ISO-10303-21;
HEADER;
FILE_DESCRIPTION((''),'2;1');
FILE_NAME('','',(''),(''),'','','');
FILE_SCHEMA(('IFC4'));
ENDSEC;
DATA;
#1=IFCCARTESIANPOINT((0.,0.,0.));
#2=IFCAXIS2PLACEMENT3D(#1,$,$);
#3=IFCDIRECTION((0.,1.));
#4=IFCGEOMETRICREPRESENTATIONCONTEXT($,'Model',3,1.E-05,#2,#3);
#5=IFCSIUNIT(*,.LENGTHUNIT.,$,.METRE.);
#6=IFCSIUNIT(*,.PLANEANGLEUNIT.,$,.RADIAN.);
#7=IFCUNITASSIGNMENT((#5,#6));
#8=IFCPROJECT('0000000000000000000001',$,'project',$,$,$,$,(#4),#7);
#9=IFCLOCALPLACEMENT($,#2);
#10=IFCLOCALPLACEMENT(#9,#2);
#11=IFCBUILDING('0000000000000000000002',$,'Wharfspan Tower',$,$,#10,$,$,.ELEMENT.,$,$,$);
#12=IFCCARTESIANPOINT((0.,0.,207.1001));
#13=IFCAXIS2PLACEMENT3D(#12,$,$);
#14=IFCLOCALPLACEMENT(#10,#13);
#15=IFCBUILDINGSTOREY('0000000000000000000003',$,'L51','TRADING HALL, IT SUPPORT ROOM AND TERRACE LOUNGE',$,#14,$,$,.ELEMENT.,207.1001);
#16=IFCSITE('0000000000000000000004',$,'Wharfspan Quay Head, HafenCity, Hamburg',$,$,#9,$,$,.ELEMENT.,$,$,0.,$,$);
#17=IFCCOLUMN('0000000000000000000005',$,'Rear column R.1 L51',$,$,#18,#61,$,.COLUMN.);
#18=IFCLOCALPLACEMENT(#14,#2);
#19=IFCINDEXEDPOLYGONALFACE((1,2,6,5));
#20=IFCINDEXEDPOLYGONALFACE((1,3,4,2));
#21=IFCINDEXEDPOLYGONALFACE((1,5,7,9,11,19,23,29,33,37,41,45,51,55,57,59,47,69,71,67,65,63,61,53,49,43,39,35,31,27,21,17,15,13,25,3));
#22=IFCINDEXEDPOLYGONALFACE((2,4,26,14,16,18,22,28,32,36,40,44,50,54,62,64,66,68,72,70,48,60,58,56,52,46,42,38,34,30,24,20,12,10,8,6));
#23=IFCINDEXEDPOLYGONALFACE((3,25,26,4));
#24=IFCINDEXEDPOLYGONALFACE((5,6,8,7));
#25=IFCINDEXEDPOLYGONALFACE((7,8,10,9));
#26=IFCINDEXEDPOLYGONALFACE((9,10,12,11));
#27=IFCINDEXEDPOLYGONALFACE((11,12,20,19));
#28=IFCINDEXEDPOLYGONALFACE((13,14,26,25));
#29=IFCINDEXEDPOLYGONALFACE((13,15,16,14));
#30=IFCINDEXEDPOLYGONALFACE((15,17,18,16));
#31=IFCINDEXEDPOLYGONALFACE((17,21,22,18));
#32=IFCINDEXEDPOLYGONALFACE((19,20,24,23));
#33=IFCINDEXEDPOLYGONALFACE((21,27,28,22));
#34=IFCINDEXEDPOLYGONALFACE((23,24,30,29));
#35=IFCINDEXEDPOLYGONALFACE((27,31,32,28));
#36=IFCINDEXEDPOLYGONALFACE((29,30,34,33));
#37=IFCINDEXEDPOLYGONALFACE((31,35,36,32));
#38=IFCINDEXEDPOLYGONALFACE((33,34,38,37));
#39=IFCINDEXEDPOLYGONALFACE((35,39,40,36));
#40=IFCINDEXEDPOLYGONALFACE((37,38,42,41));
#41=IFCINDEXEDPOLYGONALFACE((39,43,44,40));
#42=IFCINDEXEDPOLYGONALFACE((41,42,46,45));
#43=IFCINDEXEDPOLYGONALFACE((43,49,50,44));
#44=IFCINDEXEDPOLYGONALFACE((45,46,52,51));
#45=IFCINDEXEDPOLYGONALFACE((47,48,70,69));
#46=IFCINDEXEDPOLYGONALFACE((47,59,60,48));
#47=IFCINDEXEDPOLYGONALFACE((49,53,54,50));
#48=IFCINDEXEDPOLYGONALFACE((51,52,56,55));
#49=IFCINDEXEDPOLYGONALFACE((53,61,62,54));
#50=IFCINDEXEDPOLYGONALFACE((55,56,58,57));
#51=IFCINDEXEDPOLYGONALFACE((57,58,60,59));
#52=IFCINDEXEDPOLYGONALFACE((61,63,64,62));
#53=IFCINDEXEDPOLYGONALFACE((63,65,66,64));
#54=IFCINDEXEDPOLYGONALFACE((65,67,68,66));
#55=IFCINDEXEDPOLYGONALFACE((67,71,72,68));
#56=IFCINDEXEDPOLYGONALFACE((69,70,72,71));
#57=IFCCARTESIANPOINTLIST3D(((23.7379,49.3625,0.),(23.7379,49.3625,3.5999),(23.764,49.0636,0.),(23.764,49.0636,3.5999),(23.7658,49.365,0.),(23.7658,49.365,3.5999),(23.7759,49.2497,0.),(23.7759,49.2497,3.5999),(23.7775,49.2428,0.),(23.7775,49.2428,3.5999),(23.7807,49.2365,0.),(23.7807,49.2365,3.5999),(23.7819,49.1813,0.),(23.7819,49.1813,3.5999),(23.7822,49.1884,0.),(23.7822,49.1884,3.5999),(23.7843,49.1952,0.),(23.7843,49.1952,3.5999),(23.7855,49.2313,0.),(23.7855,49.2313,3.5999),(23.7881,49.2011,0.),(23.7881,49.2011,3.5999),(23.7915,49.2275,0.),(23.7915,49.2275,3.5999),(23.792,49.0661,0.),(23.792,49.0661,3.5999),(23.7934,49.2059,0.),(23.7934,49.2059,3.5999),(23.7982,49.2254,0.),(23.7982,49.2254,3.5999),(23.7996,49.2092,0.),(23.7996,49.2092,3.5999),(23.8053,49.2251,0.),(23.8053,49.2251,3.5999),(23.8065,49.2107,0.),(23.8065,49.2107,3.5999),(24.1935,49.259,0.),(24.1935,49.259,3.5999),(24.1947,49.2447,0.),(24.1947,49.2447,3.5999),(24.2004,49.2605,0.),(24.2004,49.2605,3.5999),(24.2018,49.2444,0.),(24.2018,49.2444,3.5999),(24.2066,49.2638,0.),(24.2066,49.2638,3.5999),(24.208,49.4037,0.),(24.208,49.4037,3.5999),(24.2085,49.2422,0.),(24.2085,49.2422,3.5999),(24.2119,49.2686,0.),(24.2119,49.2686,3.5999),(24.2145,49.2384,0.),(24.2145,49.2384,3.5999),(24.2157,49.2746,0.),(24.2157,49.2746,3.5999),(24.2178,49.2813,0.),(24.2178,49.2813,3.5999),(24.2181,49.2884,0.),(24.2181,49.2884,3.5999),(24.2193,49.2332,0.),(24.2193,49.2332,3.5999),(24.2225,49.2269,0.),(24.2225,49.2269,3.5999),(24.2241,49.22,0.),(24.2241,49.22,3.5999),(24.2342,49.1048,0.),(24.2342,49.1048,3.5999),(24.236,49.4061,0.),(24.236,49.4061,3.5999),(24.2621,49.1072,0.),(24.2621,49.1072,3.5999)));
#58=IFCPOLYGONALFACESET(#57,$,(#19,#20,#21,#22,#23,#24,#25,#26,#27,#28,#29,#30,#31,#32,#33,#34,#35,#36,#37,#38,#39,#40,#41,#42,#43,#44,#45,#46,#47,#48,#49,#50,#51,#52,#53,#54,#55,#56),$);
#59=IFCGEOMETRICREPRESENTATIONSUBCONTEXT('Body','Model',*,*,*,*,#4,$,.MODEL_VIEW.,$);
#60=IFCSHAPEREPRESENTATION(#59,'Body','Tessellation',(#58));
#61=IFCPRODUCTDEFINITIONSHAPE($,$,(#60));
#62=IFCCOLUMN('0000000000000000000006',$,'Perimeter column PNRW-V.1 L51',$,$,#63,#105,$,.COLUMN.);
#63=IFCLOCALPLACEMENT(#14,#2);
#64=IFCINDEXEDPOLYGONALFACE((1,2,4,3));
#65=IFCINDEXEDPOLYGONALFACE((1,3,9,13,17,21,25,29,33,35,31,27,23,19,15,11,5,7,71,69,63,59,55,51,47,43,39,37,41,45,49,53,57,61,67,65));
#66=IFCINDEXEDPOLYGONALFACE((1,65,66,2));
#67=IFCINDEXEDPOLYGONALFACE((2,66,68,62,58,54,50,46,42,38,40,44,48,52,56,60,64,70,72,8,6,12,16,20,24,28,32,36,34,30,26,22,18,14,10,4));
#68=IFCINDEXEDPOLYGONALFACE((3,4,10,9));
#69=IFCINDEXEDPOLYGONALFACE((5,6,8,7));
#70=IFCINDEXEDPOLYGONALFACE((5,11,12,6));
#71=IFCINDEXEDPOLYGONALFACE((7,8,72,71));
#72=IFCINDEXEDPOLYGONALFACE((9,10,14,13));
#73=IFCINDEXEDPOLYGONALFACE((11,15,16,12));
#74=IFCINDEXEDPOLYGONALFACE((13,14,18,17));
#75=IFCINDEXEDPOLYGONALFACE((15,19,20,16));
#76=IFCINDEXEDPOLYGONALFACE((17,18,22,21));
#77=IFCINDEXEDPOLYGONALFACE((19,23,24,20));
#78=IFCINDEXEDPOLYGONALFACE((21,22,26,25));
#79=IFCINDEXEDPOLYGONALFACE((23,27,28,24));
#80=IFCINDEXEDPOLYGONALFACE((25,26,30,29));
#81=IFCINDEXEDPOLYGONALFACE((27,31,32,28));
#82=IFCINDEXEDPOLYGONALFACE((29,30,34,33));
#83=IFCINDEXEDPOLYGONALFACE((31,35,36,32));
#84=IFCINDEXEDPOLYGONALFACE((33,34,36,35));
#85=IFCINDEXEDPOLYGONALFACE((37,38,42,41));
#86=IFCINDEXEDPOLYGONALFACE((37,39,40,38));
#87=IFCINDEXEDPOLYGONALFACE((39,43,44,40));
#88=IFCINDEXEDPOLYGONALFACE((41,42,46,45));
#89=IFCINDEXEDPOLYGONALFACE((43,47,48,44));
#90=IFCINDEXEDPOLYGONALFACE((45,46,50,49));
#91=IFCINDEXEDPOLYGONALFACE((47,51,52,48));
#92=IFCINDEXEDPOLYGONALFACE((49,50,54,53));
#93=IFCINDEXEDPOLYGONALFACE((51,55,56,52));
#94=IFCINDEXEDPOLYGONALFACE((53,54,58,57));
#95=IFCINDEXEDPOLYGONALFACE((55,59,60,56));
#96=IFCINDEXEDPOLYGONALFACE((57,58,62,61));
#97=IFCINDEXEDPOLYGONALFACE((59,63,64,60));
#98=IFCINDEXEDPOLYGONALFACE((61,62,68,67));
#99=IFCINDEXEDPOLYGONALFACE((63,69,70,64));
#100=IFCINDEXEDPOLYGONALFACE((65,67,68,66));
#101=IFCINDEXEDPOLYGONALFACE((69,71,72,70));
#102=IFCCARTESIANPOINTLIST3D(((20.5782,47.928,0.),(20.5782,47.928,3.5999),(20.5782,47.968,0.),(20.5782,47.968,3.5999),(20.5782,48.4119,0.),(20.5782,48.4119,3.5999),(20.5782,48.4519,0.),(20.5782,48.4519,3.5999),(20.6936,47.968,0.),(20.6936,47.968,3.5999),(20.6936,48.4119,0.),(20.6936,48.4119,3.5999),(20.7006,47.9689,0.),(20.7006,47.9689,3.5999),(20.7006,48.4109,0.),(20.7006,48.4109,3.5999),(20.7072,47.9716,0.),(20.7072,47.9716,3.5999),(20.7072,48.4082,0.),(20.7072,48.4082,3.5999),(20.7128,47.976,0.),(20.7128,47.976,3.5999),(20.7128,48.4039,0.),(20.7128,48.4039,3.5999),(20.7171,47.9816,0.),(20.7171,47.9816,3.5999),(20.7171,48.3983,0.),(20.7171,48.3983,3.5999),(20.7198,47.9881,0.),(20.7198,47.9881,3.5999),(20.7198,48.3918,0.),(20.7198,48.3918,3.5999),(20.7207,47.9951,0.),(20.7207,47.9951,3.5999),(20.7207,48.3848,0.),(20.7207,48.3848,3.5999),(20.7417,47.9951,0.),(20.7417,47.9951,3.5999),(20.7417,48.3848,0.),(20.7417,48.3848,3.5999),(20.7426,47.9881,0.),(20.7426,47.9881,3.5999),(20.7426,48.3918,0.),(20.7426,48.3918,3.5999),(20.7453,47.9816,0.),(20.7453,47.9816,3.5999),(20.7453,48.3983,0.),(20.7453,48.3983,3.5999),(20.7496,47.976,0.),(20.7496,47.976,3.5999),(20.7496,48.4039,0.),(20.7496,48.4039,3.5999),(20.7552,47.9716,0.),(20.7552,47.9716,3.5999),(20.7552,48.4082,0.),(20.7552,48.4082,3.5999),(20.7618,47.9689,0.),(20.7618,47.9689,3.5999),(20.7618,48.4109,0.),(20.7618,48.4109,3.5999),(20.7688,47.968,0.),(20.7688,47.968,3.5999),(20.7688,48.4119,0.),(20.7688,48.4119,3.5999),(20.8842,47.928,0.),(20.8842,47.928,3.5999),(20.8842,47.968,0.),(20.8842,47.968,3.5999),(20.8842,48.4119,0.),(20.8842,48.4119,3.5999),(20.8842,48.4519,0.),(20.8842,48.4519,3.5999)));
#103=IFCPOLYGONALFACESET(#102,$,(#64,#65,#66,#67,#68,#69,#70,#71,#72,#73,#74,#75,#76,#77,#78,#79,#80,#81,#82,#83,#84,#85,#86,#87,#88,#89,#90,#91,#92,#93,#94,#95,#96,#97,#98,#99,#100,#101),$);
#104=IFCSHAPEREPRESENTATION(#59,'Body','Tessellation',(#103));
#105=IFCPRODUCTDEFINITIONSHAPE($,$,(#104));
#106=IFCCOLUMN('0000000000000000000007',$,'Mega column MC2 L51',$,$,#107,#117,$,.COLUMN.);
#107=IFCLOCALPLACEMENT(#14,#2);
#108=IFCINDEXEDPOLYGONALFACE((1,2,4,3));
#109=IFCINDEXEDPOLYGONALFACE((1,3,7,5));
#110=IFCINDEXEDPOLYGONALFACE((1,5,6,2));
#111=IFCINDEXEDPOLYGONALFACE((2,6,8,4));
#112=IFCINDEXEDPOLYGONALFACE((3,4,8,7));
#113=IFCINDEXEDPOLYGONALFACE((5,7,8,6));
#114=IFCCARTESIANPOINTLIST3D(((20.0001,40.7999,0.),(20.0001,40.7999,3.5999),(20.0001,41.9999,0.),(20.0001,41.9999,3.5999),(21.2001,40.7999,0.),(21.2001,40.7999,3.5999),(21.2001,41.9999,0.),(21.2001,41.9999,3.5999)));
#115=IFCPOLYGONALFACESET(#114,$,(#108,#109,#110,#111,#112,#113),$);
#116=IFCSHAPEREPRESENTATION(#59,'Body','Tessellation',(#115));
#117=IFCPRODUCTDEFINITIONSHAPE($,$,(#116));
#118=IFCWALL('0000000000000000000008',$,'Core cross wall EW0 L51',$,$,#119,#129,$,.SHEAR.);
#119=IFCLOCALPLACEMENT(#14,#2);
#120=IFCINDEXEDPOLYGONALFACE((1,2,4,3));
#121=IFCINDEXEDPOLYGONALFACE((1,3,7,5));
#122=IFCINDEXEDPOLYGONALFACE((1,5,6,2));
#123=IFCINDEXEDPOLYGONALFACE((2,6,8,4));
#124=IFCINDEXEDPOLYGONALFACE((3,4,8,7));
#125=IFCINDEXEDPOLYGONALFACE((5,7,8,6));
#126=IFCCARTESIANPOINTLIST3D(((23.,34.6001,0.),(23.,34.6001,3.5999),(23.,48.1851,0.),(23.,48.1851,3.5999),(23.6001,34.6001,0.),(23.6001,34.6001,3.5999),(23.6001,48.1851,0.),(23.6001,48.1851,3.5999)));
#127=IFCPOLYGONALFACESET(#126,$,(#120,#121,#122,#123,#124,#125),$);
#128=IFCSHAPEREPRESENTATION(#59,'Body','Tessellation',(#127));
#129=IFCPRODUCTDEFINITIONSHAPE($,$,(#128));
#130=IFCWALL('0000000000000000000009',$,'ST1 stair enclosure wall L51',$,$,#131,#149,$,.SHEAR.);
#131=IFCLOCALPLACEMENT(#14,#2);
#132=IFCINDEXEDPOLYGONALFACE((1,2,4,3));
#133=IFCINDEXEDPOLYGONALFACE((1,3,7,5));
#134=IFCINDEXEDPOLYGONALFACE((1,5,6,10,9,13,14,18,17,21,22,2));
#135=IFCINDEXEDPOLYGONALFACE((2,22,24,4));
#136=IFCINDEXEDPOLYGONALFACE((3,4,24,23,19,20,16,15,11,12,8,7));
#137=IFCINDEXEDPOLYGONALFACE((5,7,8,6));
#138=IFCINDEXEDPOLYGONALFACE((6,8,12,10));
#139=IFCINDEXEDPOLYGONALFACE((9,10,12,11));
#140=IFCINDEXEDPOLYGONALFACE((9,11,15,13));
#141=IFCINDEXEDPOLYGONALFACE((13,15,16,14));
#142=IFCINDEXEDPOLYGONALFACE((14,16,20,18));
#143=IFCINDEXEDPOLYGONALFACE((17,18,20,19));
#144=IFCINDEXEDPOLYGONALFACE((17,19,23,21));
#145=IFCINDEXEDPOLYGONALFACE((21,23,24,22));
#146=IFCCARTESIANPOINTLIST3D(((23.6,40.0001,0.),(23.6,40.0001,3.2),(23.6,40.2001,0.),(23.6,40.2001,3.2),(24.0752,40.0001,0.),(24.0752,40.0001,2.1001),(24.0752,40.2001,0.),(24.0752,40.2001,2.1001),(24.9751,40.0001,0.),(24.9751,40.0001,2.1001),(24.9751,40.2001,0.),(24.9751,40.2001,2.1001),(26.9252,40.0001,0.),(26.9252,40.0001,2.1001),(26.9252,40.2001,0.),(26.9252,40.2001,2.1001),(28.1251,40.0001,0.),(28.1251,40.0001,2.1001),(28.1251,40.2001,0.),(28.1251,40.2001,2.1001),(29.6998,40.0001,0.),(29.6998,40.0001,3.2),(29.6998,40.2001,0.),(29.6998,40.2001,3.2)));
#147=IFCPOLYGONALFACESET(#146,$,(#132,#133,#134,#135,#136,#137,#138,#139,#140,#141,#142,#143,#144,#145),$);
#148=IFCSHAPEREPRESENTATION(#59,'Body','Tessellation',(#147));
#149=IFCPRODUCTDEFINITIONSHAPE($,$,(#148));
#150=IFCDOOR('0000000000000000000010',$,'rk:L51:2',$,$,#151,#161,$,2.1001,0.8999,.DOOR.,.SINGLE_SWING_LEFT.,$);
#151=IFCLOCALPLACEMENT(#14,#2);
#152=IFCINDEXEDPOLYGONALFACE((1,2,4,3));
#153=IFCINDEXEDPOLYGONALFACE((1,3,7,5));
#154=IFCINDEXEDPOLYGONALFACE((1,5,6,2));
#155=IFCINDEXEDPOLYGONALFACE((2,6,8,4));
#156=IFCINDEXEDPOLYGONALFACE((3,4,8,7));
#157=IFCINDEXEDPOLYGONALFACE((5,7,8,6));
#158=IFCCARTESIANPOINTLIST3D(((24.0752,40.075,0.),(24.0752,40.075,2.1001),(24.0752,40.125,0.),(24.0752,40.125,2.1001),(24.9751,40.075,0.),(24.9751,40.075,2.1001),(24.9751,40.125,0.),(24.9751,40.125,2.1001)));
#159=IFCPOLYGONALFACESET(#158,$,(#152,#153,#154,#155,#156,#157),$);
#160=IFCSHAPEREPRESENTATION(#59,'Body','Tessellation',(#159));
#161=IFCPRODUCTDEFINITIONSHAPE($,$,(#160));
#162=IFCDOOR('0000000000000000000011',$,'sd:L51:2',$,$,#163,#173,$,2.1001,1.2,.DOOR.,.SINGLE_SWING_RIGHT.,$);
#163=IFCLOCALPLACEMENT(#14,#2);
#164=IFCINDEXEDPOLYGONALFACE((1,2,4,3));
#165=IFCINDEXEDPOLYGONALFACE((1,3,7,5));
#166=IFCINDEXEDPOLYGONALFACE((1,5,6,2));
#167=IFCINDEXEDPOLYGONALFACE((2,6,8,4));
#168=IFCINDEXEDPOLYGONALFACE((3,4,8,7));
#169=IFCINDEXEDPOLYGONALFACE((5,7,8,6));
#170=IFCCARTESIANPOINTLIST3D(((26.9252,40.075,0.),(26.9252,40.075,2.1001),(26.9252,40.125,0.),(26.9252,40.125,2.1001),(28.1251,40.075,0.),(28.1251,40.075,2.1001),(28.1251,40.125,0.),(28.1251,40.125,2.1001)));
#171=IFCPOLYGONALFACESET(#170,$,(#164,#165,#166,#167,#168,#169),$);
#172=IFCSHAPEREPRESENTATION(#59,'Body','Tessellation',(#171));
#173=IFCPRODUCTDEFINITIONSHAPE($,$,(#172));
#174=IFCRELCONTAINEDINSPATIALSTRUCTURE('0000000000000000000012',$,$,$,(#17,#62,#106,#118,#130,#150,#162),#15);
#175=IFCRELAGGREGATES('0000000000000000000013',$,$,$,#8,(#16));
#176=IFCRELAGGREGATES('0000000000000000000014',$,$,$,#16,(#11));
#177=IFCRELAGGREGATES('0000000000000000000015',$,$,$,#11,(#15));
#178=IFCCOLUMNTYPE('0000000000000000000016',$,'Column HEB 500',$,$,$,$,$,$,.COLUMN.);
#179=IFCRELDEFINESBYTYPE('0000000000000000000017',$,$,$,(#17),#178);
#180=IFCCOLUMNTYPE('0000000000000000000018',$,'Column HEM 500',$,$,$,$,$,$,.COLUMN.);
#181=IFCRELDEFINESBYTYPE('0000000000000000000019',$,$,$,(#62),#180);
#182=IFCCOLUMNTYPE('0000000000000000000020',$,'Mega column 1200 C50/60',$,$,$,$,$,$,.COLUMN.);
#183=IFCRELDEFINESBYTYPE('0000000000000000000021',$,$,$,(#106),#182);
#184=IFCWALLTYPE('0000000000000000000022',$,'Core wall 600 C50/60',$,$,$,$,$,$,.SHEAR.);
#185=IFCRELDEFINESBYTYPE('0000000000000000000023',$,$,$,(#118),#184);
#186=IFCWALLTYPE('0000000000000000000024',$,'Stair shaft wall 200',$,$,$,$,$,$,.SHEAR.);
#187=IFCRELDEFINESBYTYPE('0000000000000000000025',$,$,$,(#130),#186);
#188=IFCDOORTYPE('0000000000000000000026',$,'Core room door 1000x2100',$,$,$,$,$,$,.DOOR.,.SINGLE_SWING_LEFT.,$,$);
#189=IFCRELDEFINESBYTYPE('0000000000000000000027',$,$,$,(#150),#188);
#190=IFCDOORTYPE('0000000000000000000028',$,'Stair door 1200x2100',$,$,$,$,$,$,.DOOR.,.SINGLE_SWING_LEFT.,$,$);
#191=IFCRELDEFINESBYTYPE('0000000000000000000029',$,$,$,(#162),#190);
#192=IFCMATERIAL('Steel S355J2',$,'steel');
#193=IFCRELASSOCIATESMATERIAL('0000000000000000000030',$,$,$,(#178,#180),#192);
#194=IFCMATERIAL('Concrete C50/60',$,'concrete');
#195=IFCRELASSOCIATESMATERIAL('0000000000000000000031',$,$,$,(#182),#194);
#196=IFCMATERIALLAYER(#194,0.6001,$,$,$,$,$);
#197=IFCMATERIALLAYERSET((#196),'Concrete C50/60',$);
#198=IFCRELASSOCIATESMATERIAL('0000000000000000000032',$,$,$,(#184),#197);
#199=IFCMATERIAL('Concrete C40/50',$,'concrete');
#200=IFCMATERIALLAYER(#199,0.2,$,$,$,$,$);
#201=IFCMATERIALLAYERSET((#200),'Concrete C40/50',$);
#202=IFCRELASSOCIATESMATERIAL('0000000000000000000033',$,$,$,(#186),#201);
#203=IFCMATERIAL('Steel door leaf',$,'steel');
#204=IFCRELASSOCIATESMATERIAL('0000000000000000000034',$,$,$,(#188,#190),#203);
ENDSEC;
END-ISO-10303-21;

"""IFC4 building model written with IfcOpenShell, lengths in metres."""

from ifc_helpers import new_model, si_unit, direction, frame, frame_2d, origin, origin_2d, place, context, subcontext, project, spatial, rectangle, i_section, extrude, material, layer, layer_set, material_profile, profile_set, type_object, element, fill, save


model = new_model("IFC4")

# Units and contexts
model_context = context("Model", 3, precision=1e-05, world=origin(), true_north=direction((0.0, 1.0)))
body_context = subcontext(model_context, "Body", "Model", "MODEL_VIEW")
ifc_project = project(units=[si_unit("LENGTHUNIT", "METRE"), si_unit("PLANEANGLEUNIT", "RADIAN")], contexts=[model_context])

# Site, building, storey
site_placement = place(None, origin())
site = spatial("IfcSite", under=ifc_project, at=site_placement, Name="Wharfspan Quay Head, HafenCity, Hamburg", CompositionType="ELEMENT", RefElevation=0.0)
building_placement = place(site_placement, origin())
building = spatial("IfcBuilding", under=site, at=building_placement, Name="Wharfspan Tower", CompositionType="ELEMENT")
storey_placement = place(building_placement, frame((0.0, 0.0, 207.1001)))
storey = spatial("IfcBuildingStorey", under=building, at=storey_placement, Name="L51", Description="TRADING HALL, IT SUPPORT ROOM AND TERRACE LOUNGE", CompositionType="ELEMENT", Elevation=207.1001)

# Columns
ifc_material_1 = material(Name="Steel S355J2", Category="steel")
ifc_material_profile_1 = material_profile(ifc_material_1, i_section(OverallWidth=0.3, OverallDepth=0.5, WebThickness=0.0144, FlangeThickness=0.0281, FilletRadius=0.0271, at=origin_2d()))
ifc_profile_set_1 = profile_set([ifc_material_profile_1], Name="Steel S355J2")
column_type_1 = type_object("IfcColumnType", Name="Column HEB 500", PredefinedType="COLUMN", material=ifc_profile_set_1)
column_1_placement = place(storey_placement, frame((24.0, 49.2349, 0.0), z_axis=(0.0, 0.0, 1.0), x_axis=(-0.087156, 0.996197, 0.0)))
element("IfcColumn", 1, at=column_1_placement, inside=storey, type_object=column_type_1, Name="Rear column R.1 L51", PredefinedType="COLUMN", context=body_context, shape_type="SweptSolid", body=[
    extrude(i_section(OverallWidth=0.3, OverallDepth=0.5, WebThickness=0.0144, FlangeThickness=0.0281, FilletRadius=0.0271, at=origin_2d()), origin(), (0.0, 0.0, 1.0), 3.5999),
])
ifc_material_profile_2 = material_profile(ifc_material_1, i_section(OverallWidth=0.3059, OverallDepth=0.5239, WebThickness=0.021, FlangeThickness=0.04, FilletRadius=0.0271, at=origin_2d()))
ifc_profile_set_2 = profile_set([ifc_material_profile_2], Name="Steel S355J2")
column_type_2 = type_object("IfcColumnType", Name="Column HEM 500", PredefinedType="COLUMN", material=ifc_profile_set_2)
column_2_placement = place(storey_placement, frame((20.7312, 48.1899, 0.0), z_axis=(0.0, 0.0, 1.0), x_axis=(-1.0, 0.0, 0.0)))
element("IfcColumn", 2, at=column_2_placement, inside=storey, type_object=column_type_2, Name="Perimeter column PNRW-V.1 L51", PredefinedType="COLUMN", context=body_context, shape_type="SweptSolid", body=[
    extrude(i_section(OverallWidth=0.3059, OverallDepth=0.5239, WebThickness=0.021, FlangeThickness=0.04, FilletRadius=0.0271, at=origin_2d()), origin(), (0.0, 0.0, 1.0), 3.5999),
])
ifc_material_2 = material(Name="Concrete C50/60", Category="concrete")
ifc_material_profile_3 = material_profile(ifc_material_2, rectangle(XDim=1.2, YDim=1.2, at=origin_2d()))
ifc_profile_set_3 = profile_set([ifc_material_profile_3], Name="Concrete C50/60")
column_type_3 = type_object("IfcColumnType", Name="Mega column 1200 C50/60", PredefinedType="COLUMN", material=ifc_profile_set_3)
column_3_placement = place(storey_placement, frame((20.6001, 41.3999, 0.0), z_axis=(0.0, 0.0, 1.0), x_axis=(1.0, 0.0, 0.0)))
element("IfcColumn", 3, at=column_3_placement, inside=storey, type_object=column_type_3, Name="Mega column MC2 L51", PredefinedType="COLUMN", context=body_context, shape_type="SweptSolid", body=[
    extrude(rectangle(XDim=1.2, YDim=1.2, at=origin_2d()), origin(), (0.0, 0.0, 1.0), 3.5999),
])

# Wall
ifc_layer_1 = layer(ifc_material_2, 0.6001)
ifc_layer_set_1 = layer_set([ifc_layer_1], Name="Concrete C50/60")
wall_type_1 = type_object("IfcWallType", Name="Core wall 600 C50/60", PredefinedType="SHEAR", material=ifc_layer_set_1)
wall_1_placement = place(storey_placement, frame((23.3, 34.6001, 0.0), z_axis=(0.0, 0.0, 1.0), x_axis=(0.0, 1.0, 0.0)))
element("IfcWall", 4, at=wall_1_placement, inside=storey, type_object=wall_type_1, Name="Core cross wall EW0 L51", PredefinedType="SHEAR", context=body_context, shape_type="SweptSolid", body=[
    extrude(rectangle(XDim=13.585, YDim=0.6001, at=frame_2d((6.7925, 0.0))), origin(), (0.0, 0.0, 1.0), 3.5999),
])

# Wall, openings, doors
ifc_material_3 = material(Name="Concrete C40/50", Category="concrete")
ifc_layer_2 = layer(ifc_material_3, 0.2)
ifc_layer_set_2 = layer_set([ifc_layer_2], Name="Concrete C40/50")
wall_type_2 = type_object("IfcWallType", Name="Stair shaft wall 200", PredefinedType="SHEAR", material=ifc_layer_set_2)
wall_2_placement = place(storey_placement, frame((23.6001, 40.1001, 0.0), z_axis=(0.0, 0.0, 1.0), x_axis=(1.0, 0.0, 0.0)))
wall_2 = element("IfcWall", 5, at=wall_2_placement, inside=storey, type_object=wall_type_2, Name="ST1 stair enclosure wall L51", PredefinedType="SHEAR", context=body_context, shape_type="SweptSolid", body=[
    extrude(rectangle(XDim=6.0999, YDim=0.2, at=frame_2d((3.0498, 0.0))), origin(), (0.0, 0.0, 1.0), 3.2),
])
opening_1_placement = place(wall_2_placement, frame((3.325, 0.0, 0.0)))
opening_1 = element("IfcOpeningElement", 6, at=opening_1_placement, cuts=wall_2, PredefinedType="OPENING", context=body_context, shape_type="SweptSolid", body=[
    extrude(rectangle(XDim=1.2, YDim=2.1001, at=frame_2d((0.6001, 1.05))), frame((0.0, 0.1099, 0.0), z_axis=(0.0, -1.0, 0.0), x_axis=(1.0, 0.0, 0.0)), (0.0, 0.0, 1.0), 0.22),
])
opening_2_placement = place(wall_2_placement, frame((0.4751, 0.0, 0.0)))
opening_2 = element("IfcOpeningElement", 7, at=opening_2_placement, cuts=wall_2, PredefinedType="OPENING", context=body_context, shape_type="SweptSolid", body=[
    extrude(rectangle(XDim=0.8999, YDim=2.1001, at=frame_2d((0.45, 1.05))), frame((0.0, 0.1099, 0.0), z_axis=(0.0, -1.0, 0.0), x_axis=(1.0, 0.0, 0.0)), (0.0, 0.0, 1.0), 0.22),
])
ifc_material_4 = material(Name="Steel door leaf", Category="steel")
door_type_1 = type_object("IfcDoorType", Name="Core room door 1000x2100", OperationType="SINGLE_SWING_LEFT", PredefinedType="DOOR", material=ifc_material_4)
door_1_placement = place(opening_2_placement, origin())
door_1 = element("IfcDoor", 8, at=door_1_placement, inside=storey, type_object=door_type_1, Name="rk:L51:2", OperationType="SINGLE_SWING_LEFT", OverallHeight=2.1001, OverallWidth=0.8999, PredefinedType="DOOR", context=body_context, shape_type="SweptSolid", body=[
    extrude(rectangle(XDim=0.8999, YDim=2.1001, at=frame_2d((0.45, 1.05))), frame((0.0, 0.0249, 0.0), z_axis=(0.0, -1.0, 0.0), x_axis=(1.0, 0.0, 0.0)), (0.0, 0.0, 1.0), 0.05),
])
fill(opening_2, door_1)
door_type_2 = type_object("IfcDoorType", Name="Stair door 1200x2100", OperationType="SINGLE_SWING_LEFT", PredefinedType="DOOR", material=ifc_material_4)
door_2_placement = place(opening_1_placement, origin())
door_2 = element("IfcDoor", 9, at=door_2_placement, inside=storey, type_object=door_type_2, Name="sd:L51:2", OperationType="SINGLE_SWING_RIGHT", OverallHeight=2.1001, OverallWidth=1.2, PredefinedType="DOOR", context=body_context, shape_type="SweptSolid", body=[
    extrude(rectangle(XDim=1.2, YDim=2.1001, at=frame_2d((0.6001, 1.05))), frame((0.0, 0.0249, 0.0), z_axis=(0.0, -1.0, 0.0), x_axis=(1.0, 0.0, 0.0)), (0.0, 0.0, 1.0), 0.05),
])
fill(opening_1, door_2)

save(model, "model.ifc")
